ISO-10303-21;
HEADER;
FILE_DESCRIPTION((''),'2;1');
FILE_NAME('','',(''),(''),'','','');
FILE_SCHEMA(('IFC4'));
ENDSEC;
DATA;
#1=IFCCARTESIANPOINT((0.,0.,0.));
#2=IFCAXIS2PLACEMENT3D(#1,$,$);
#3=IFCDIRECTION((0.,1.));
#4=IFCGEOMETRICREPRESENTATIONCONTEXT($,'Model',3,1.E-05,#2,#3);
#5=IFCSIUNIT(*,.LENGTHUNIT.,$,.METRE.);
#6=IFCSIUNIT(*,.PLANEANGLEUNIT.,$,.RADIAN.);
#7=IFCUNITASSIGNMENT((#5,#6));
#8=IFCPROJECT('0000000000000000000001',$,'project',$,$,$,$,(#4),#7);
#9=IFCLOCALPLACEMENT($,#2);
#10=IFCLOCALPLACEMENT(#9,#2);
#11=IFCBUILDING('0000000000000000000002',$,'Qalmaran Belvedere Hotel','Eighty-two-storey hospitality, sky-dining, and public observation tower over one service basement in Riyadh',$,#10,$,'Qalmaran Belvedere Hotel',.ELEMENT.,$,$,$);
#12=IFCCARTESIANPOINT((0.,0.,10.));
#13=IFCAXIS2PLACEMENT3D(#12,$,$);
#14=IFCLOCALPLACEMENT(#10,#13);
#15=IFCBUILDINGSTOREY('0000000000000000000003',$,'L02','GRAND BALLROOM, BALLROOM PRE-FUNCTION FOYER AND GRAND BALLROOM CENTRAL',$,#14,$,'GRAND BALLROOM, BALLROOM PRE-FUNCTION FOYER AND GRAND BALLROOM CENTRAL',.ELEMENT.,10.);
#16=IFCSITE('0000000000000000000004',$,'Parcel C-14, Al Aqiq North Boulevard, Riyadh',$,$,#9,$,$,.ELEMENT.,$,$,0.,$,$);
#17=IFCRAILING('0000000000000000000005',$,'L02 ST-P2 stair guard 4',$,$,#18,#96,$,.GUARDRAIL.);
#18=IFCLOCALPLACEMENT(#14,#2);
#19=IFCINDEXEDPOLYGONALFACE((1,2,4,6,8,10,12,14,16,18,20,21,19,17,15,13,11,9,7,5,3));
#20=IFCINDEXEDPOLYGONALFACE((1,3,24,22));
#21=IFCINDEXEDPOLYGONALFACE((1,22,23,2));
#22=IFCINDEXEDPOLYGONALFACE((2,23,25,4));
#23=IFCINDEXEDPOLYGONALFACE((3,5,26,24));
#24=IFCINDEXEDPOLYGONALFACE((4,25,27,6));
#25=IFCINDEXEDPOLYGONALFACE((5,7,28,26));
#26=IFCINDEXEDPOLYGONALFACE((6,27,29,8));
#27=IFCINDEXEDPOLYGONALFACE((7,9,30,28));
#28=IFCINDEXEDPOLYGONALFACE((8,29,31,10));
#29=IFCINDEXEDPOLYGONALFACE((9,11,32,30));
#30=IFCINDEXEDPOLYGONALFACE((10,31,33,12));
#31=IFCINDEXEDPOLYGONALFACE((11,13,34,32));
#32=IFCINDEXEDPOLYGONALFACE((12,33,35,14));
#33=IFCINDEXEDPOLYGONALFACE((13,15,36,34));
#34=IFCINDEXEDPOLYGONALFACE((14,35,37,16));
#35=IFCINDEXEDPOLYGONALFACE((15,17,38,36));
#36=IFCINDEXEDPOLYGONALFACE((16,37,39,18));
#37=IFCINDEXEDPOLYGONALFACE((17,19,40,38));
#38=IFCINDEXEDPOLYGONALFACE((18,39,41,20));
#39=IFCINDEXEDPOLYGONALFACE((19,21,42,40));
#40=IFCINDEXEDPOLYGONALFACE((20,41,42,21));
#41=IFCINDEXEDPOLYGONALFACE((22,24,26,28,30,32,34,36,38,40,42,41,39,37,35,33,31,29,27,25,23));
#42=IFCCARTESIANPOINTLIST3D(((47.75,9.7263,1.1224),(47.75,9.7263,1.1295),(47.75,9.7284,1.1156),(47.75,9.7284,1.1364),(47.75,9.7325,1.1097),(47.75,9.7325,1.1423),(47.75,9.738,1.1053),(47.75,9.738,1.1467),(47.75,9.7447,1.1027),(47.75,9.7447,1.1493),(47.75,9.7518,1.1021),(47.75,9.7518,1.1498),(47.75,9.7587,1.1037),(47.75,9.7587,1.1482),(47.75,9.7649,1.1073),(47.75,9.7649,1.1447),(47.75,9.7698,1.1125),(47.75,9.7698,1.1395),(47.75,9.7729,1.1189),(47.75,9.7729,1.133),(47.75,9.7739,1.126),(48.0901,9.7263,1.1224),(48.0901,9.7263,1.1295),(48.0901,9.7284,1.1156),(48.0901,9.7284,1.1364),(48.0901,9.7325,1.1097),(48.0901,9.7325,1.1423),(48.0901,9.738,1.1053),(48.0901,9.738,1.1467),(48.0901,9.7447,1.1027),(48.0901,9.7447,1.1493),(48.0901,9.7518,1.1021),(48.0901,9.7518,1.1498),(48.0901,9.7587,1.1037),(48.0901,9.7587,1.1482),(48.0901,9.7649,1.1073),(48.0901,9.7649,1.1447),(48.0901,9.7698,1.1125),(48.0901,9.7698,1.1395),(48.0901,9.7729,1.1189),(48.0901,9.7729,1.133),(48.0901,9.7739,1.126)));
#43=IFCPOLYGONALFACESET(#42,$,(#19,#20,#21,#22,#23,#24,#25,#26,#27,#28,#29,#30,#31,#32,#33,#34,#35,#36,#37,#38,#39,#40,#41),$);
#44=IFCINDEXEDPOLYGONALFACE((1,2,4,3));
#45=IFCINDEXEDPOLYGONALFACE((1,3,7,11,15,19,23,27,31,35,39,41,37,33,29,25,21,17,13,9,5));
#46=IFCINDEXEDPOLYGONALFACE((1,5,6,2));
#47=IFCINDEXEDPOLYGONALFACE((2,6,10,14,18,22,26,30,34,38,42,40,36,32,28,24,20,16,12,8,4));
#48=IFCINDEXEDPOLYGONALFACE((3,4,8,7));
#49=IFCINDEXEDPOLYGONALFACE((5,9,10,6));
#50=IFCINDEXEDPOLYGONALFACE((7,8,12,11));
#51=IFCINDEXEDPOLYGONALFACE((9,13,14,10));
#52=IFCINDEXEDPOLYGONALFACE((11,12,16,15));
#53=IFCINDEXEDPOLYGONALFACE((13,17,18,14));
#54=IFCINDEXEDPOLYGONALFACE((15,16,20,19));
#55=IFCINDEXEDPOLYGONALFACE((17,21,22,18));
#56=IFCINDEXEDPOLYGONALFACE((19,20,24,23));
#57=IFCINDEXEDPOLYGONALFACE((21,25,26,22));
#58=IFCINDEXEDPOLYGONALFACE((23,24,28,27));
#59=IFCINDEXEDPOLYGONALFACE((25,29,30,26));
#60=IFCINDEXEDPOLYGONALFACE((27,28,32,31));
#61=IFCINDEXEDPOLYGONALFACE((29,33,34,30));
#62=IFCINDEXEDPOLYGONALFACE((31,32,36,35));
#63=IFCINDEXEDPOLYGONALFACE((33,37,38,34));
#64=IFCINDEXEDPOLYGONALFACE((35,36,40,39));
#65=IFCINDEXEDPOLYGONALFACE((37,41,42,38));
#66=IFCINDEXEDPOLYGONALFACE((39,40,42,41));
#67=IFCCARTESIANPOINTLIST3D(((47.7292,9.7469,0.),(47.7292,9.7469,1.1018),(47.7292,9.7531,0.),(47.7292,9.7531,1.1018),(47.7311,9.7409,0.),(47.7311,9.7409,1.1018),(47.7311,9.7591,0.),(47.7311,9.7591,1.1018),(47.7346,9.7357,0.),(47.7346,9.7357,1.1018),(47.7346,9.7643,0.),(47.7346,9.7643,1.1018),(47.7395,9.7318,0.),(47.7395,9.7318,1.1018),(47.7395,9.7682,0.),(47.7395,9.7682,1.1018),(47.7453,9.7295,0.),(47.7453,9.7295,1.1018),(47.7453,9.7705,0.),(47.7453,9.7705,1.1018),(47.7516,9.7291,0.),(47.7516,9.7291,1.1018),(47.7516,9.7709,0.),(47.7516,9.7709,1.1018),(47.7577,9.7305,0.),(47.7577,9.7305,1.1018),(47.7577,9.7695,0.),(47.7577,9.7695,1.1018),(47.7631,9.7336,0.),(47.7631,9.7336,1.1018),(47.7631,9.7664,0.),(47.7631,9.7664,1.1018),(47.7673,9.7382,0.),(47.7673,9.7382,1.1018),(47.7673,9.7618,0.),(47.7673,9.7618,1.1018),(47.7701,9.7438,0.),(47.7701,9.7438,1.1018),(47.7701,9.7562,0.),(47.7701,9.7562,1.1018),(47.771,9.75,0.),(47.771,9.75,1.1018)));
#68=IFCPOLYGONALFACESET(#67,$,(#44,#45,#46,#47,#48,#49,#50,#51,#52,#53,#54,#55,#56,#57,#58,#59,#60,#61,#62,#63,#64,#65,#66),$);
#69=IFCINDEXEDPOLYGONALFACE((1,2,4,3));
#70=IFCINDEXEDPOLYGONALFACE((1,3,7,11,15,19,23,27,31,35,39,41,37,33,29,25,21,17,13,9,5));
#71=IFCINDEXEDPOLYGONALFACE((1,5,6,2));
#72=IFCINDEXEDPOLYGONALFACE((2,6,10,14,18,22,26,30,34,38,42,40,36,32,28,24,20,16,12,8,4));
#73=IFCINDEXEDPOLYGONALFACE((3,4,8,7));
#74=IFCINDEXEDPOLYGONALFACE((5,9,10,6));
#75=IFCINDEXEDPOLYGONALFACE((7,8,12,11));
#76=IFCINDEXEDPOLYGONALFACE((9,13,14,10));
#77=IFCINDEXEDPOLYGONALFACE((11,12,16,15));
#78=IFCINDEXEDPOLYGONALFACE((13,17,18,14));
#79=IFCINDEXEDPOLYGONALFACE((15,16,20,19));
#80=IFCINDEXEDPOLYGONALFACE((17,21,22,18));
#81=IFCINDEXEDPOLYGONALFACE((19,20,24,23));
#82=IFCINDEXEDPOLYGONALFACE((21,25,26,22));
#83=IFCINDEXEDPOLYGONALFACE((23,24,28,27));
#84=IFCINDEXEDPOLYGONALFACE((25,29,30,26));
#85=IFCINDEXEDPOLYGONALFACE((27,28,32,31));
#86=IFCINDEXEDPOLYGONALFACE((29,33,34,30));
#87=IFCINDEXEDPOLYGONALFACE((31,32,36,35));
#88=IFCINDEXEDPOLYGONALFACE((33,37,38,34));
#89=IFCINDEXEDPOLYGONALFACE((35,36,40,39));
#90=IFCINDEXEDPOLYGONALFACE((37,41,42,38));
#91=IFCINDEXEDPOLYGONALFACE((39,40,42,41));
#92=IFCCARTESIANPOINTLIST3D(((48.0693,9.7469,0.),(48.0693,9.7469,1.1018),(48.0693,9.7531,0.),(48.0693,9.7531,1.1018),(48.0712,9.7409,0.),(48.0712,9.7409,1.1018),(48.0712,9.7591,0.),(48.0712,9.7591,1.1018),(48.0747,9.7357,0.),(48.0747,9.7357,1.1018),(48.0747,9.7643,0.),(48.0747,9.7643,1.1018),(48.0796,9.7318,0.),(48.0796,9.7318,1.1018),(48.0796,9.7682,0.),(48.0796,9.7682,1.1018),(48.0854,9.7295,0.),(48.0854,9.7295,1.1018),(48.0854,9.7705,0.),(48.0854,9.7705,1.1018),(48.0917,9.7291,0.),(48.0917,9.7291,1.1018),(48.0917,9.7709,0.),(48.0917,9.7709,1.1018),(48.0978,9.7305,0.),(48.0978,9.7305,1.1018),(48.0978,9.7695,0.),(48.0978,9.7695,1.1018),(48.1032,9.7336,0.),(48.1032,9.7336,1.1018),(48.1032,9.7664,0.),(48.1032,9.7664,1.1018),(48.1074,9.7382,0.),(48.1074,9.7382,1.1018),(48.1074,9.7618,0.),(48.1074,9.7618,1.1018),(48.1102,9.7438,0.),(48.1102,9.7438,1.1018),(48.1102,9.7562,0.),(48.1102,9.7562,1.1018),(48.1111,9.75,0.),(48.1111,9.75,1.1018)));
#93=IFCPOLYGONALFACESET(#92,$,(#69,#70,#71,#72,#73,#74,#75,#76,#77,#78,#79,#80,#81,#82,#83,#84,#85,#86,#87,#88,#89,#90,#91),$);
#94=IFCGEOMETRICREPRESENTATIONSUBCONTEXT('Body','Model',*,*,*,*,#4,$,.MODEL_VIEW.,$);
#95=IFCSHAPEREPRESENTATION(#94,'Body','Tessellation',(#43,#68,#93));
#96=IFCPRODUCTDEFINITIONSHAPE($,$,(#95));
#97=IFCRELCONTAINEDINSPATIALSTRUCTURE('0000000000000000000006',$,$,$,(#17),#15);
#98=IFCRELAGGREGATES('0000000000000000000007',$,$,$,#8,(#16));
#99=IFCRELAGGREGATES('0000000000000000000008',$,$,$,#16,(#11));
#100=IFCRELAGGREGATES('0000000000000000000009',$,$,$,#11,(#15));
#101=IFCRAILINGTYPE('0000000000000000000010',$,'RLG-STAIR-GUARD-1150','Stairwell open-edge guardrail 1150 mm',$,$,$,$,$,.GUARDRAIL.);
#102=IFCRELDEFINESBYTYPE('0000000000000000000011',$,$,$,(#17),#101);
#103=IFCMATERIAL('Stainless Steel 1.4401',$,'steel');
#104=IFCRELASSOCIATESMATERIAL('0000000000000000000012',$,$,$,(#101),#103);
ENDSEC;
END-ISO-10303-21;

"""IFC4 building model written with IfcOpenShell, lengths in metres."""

from ifc_helpers import new_model, si_unit, direction, frame, origin, origin_2d, place, context, subcontext, project, spatial, circle, extrude, material, type_object, element, save


model = new_model("IFC4")

# Units and contexts
model_context = context("Model", 3, precision=1e-05, world=origin(), true_north=direction((0.0, 1.0)))
body_context = subcontext(model_context, "Body", "Model", "MODEL_VIEW")
ifc_project = project(units=[si_unit("LENGTHUNIT", "METRE"), si_unit("PLANEANGLEUNIT", "RADIAN")], contexts=[model_context])

# Site, building, storey
site_placement = place(None, origin())
site = spatial("IfcSite", under=ifc_project, at=site_placement, Name="Parcel C-14, Al Aqiq North Boulevard, Riyadh", CompositionType="ELEMENT", RefElevation=0.0)
building_placement = place(site_placement, origin())
building = spatial("IfcBuilding", under=site, at=building_placement, Name="Qalmaran Belvedere Hotel", Description="Eighty-two-storey hospitality, sky-dining, and public observation tower over one service basement in Riyadh", LongName="Qalmaran Belvedere Hotel", CompositionType="ELEMENT")
storey_placement = place(building_placement, frame((0.0, 0.0, 10.0)))
storey = spatial("IfcBuildingStorey", under=building, at=storey_placement, Name="L02", Description="GRAND BALLROOM, BALLROOM PRE-FUNCTION FOYER AND GRAND BALLROOM CENTRAL", LongName="GRAND BALLROOM, BALLROOM PRE-FUNCTION FOYER AND GRAND BALLROOM CENTRAL", CompositionType="ELEMENT", Elevation=10.0)

# Railing
ifc_material_1 = material(Name="Stainless Steel 1.4401", Category="steel")
railing_type_1 = type_object("IfcRailingType", Name="RLG-STAIR-GUARD-1150", Description="Stairwell open-edge guardrail 1150 mm", PredefinedType="GUARDRAIL", material=ifc_material_1)
railing_1_placement = place(storey_placement, frame((47.75, 9.75, 0.0)))
element("IfcRailing", 1, at=railing_1_placement, inside=storey, type_object=railing_type_1, Name="L02 ST-P2 stair guard 4", PredefinedType="GUARDRAIL", context=body_context, shape_type="SweptSolid", body=[
    extrude(circle(Radius=0.0239, at=origin_2d()), frame((0.0, 0.0, 1.126), z_axis=(1.0, 0.0, 0.0), x_axis=(0.0, 1.0, 0.0)), (0.0, 0.0, 1.0), 0.3401),
    extrude(circle(Radius=0.021, at=origin_2d()), origin(), (0.0, 0.0, 1.0), 1.1018),
    extrude(circle(Radius=0.021, at=origin_2d()), frame((0.3401, 0.0, 0.0)), (0.0, 0.0, 1.0), 1.1018),
])

save(model, "model.ifc")
